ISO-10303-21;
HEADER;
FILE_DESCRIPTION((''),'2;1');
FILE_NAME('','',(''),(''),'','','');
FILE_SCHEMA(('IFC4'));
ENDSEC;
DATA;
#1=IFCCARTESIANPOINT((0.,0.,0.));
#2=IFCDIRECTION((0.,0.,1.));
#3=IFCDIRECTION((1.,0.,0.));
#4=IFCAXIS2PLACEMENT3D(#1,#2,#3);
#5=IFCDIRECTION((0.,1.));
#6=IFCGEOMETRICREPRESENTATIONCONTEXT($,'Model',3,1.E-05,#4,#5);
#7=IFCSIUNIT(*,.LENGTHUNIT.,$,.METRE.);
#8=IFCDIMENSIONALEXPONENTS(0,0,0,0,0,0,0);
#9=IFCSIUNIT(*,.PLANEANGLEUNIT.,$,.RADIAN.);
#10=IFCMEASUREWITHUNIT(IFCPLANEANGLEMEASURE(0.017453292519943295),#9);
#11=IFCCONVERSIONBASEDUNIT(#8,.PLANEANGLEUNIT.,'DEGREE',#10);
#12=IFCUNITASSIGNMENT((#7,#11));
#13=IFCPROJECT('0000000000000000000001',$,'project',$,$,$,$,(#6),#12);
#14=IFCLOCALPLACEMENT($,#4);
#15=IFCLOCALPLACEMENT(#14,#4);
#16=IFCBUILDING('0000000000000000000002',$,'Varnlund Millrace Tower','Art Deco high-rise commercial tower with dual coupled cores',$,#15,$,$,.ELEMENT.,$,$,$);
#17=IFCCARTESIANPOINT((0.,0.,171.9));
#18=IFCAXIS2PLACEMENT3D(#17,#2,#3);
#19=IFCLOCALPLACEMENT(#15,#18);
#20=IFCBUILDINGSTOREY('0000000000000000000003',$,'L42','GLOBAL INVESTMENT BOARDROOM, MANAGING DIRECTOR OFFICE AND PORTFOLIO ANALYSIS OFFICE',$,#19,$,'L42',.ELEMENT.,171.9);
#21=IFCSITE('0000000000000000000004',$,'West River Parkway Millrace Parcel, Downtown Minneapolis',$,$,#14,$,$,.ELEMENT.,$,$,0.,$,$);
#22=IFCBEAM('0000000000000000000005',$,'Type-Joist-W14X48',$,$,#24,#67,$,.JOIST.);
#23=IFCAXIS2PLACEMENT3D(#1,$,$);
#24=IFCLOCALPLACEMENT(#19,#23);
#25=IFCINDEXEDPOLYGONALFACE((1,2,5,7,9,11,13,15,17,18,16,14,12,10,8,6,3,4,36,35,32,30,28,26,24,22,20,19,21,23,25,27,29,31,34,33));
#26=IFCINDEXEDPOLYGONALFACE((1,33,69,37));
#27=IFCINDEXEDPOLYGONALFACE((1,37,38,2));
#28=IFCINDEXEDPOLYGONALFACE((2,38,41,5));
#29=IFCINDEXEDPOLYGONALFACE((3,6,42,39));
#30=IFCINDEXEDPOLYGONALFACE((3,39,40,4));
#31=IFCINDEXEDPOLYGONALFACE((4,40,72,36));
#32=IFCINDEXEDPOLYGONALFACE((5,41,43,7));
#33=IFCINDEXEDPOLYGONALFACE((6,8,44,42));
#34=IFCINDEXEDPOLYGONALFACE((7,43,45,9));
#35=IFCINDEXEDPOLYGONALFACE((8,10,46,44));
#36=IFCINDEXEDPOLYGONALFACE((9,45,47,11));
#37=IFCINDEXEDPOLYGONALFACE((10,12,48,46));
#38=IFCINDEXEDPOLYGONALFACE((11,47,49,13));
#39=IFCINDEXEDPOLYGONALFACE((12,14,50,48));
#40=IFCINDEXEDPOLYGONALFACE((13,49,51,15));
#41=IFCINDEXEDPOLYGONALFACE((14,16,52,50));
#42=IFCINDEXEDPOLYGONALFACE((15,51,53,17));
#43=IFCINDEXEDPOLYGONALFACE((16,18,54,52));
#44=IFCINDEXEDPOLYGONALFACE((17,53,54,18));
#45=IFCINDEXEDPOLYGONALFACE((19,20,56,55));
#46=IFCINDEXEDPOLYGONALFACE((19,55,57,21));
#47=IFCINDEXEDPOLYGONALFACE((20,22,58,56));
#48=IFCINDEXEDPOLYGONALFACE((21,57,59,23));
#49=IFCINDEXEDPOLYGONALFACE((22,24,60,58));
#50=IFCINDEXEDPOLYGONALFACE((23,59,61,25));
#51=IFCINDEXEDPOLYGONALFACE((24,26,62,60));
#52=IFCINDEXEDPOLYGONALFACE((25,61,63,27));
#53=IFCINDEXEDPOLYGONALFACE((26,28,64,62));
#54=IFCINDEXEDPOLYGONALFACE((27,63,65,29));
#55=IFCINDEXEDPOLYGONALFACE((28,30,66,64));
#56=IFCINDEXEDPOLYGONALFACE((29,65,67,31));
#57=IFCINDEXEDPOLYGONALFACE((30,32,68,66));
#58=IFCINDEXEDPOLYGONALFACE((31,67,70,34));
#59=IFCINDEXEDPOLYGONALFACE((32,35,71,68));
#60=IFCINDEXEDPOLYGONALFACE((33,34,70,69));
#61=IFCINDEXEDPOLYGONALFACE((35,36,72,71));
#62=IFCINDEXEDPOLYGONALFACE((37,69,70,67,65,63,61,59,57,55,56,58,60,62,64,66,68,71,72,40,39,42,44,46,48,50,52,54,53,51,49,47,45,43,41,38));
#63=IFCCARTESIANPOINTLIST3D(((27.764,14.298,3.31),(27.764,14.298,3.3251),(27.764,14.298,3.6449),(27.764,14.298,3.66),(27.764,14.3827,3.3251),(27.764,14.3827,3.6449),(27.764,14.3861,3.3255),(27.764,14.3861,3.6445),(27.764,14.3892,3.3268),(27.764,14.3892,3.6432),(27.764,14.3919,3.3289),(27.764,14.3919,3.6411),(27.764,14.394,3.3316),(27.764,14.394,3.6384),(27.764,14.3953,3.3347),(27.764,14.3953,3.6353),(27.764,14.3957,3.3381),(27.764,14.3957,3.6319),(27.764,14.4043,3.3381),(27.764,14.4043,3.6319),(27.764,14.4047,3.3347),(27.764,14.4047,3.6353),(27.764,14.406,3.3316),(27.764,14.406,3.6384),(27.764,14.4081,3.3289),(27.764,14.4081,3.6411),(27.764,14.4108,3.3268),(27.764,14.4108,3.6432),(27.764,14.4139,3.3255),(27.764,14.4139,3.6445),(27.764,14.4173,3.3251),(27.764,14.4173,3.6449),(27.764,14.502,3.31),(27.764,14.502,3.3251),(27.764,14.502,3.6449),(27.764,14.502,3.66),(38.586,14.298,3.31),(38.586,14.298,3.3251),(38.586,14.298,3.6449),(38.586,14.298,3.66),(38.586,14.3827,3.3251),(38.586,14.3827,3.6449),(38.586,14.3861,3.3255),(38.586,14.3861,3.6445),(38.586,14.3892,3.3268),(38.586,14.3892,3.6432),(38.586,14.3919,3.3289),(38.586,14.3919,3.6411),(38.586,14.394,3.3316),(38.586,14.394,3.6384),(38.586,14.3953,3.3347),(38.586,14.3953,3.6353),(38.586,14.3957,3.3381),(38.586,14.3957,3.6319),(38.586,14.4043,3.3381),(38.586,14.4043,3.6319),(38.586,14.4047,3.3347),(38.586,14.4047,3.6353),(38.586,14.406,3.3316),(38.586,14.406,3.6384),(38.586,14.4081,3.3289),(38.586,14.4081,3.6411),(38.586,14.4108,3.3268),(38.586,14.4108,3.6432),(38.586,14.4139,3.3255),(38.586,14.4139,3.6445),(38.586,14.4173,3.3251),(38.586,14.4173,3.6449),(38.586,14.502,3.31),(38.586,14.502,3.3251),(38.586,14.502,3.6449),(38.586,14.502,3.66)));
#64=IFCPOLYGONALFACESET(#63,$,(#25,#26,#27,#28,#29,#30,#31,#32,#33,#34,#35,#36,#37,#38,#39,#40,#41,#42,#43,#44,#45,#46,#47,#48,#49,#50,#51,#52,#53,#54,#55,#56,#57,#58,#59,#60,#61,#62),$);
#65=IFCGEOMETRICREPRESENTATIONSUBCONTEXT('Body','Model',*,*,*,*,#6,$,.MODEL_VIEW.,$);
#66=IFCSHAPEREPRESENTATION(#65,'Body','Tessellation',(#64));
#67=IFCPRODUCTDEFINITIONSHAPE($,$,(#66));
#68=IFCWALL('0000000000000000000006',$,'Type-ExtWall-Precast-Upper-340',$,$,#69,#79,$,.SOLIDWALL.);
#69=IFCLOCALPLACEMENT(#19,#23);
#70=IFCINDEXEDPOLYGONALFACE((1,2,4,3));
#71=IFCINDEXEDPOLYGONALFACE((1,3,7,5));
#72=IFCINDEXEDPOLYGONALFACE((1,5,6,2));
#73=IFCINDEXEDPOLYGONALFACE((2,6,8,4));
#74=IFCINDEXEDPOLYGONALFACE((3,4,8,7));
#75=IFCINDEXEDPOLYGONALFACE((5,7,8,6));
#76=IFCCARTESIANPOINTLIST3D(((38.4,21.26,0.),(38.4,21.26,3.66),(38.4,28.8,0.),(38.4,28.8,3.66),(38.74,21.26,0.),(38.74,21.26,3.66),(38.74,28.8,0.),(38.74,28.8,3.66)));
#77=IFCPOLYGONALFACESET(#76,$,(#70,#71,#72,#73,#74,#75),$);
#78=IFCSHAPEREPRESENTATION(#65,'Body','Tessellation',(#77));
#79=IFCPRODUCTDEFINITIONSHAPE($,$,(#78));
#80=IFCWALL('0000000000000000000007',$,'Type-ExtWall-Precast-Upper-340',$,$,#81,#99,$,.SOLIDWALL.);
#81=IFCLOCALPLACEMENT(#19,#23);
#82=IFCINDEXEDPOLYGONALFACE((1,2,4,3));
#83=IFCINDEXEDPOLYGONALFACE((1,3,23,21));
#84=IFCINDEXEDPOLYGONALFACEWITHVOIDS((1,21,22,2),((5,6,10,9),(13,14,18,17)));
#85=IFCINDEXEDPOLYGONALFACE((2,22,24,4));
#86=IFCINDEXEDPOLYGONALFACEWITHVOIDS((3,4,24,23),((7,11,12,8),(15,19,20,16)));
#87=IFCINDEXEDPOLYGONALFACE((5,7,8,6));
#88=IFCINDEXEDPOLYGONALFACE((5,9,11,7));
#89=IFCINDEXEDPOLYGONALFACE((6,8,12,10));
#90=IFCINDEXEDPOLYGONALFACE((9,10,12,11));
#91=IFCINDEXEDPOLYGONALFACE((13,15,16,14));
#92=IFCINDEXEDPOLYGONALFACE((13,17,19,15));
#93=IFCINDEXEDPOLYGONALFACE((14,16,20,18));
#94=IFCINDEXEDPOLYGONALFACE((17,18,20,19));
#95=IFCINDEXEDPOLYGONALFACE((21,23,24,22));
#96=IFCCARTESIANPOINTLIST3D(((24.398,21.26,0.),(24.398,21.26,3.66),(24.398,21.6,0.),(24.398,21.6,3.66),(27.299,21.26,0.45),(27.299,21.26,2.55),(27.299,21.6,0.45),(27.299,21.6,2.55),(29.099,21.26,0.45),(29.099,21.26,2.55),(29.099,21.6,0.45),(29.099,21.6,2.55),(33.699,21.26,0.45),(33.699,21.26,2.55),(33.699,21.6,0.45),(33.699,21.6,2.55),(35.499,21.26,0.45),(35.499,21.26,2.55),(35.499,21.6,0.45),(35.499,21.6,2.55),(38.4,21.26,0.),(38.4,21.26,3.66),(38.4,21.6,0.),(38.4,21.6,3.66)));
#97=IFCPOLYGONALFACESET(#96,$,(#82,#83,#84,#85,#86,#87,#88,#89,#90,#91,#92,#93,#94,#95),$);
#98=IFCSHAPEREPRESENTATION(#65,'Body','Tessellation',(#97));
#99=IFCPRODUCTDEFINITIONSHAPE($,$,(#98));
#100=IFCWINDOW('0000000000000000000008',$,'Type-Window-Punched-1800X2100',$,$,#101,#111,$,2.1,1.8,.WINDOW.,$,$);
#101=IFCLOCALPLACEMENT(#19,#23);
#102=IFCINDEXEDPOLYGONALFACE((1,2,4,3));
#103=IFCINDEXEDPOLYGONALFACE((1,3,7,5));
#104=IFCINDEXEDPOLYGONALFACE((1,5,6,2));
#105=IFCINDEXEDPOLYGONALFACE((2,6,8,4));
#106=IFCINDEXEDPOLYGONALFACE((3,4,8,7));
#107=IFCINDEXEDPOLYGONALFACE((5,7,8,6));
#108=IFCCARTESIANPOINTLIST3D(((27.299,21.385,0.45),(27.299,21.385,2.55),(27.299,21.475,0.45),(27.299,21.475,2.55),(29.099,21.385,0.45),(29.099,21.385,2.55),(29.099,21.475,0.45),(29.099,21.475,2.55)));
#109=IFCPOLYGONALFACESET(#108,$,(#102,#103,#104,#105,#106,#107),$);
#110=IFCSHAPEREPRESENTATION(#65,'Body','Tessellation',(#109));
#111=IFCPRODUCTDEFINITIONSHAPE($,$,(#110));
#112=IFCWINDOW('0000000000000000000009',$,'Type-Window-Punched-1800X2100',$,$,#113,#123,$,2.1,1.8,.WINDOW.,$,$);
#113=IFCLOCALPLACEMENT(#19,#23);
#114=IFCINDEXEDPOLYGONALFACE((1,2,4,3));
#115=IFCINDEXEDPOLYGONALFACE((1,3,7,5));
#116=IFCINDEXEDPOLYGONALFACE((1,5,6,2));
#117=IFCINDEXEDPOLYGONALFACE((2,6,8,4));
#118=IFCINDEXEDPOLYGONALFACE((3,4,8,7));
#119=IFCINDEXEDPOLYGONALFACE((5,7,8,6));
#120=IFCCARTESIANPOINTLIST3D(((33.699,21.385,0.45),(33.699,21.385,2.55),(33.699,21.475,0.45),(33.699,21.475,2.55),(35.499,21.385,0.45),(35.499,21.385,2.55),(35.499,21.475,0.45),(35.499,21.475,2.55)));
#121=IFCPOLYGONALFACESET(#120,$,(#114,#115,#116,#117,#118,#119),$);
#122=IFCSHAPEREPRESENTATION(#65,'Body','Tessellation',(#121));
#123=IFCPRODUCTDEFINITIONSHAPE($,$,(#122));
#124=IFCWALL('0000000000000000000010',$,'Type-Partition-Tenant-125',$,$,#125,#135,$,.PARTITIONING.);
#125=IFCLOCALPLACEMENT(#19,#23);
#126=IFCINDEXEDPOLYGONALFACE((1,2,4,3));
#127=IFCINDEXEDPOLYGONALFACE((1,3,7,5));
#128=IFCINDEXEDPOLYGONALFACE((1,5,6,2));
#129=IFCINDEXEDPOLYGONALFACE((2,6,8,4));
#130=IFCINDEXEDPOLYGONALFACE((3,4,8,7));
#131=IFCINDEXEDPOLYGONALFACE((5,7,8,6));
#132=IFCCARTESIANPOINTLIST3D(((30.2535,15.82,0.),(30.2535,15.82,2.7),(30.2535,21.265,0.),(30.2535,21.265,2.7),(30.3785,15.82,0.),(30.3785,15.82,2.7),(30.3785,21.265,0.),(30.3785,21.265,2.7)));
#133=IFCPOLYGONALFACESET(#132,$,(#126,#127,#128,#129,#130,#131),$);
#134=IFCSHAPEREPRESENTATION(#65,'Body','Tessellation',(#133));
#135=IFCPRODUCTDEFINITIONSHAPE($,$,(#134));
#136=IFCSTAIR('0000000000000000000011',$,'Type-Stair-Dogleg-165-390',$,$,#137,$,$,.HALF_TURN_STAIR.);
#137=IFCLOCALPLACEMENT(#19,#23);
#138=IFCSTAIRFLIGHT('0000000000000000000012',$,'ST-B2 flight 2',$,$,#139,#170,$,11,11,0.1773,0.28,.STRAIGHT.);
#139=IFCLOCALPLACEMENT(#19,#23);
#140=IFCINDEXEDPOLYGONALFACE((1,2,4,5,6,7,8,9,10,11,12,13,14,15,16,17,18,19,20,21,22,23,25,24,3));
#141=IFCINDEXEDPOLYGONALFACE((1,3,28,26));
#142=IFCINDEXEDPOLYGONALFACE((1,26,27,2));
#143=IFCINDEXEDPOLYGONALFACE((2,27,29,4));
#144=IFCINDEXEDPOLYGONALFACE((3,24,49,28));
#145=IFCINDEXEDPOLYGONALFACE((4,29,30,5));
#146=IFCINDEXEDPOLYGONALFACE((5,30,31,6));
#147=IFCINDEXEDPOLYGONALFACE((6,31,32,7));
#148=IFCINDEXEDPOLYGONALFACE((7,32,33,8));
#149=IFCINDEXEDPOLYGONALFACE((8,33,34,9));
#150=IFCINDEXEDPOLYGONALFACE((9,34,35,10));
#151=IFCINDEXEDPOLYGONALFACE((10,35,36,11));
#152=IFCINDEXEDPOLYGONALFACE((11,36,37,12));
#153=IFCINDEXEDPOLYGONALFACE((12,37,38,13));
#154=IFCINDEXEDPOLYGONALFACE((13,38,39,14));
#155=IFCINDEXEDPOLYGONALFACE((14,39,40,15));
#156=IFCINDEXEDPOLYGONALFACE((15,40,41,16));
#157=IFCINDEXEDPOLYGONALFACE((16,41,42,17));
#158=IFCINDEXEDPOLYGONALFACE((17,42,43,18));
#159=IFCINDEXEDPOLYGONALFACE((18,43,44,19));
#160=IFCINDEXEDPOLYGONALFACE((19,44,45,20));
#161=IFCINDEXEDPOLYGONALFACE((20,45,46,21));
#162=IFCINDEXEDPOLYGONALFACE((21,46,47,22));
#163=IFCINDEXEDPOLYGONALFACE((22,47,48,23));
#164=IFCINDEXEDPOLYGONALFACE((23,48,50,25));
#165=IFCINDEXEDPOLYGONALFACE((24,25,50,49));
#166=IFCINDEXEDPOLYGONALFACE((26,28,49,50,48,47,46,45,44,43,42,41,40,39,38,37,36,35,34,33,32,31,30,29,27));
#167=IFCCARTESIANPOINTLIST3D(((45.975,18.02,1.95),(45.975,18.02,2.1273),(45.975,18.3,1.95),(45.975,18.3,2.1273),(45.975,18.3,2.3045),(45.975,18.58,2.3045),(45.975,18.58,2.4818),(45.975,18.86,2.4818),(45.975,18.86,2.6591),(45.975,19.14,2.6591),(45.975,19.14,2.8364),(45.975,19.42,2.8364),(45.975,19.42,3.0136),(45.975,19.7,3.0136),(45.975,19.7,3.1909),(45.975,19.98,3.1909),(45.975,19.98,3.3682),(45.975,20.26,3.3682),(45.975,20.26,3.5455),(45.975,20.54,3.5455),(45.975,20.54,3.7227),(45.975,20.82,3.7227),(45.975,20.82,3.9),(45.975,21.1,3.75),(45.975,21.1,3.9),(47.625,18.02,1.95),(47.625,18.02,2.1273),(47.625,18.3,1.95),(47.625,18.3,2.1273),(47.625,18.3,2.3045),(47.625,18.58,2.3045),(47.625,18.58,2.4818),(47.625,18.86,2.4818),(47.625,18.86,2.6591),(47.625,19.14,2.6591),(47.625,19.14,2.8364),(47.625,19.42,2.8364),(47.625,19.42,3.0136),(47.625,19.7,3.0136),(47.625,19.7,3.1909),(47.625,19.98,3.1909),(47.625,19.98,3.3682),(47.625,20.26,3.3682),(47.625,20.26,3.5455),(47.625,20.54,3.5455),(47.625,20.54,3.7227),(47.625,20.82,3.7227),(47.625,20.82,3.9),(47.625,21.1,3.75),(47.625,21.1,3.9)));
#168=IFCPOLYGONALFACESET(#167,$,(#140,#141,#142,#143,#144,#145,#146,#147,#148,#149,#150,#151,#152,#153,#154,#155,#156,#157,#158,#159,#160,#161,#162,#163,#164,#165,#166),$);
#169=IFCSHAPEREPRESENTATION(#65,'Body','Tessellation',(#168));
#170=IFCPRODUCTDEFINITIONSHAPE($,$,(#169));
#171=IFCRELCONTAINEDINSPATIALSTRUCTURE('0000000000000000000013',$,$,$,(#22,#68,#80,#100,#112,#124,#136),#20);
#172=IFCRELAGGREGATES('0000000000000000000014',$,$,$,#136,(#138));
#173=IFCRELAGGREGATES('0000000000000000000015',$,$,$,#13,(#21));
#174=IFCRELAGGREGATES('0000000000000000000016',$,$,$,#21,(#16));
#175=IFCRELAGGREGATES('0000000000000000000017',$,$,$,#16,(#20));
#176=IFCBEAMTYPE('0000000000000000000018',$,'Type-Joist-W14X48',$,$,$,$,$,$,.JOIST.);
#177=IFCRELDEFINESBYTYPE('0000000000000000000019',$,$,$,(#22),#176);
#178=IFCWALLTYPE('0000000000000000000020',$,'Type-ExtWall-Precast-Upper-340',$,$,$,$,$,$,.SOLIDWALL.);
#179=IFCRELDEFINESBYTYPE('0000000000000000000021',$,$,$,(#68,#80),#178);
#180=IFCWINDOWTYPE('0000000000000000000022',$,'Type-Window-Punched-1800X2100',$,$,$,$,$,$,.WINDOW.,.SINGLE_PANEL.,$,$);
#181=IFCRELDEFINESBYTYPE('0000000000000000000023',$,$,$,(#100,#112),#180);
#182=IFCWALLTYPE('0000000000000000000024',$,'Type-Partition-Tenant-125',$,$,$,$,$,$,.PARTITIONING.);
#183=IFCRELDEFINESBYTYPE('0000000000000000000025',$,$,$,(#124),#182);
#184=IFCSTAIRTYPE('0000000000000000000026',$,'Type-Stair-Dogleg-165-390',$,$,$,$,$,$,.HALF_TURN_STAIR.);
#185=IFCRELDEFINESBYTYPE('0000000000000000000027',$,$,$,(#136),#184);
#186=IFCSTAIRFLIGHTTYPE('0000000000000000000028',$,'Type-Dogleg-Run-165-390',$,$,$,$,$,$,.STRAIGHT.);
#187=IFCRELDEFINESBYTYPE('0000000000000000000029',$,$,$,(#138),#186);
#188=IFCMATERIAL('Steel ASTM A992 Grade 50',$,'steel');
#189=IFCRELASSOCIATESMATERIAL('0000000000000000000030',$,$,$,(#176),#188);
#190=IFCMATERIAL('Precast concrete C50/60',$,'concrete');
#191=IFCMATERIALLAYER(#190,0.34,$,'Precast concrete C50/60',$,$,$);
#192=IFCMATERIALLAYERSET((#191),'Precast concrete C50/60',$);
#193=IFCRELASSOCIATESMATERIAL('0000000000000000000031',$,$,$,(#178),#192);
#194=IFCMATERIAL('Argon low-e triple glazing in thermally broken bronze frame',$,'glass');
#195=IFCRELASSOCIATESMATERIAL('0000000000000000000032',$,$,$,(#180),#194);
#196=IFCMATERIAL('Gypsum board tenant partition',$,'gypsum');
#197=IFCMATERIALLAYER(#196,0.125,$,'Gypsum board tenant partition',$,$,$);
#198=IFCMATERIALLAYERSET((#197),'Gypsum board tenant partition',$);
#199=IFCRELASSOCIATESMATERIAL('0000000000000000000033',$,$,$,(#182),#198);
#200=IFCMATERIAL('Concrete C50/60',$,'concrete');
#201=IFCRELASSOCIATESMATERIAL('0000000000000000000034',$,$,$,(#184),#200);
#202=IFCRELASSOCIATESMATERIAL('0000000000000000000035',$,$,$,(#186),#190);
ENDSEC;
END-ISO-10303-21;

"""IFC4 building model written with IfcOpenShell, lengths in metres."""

from ifc_helpers import new_model, entity, si_unit, converted_unit, direction, frame, origin_with_axes, origin_2d_with_axis, place, context, subcontext, project, spatial, polyline, rectangle, i_section, outline, extrude, material, layer, layer_set, material_profile, profile_set, type_object, element, fill, aggregate, save


model = new_model("IFC4")

# Units and contexts
model_context = context("Model", 3, precision=1e-05, world=origin_with_axes(), true_north=direction((0.0, 1.0)))
body_context = subcontext(model_context, "Body", "Model", "MODEL_VIEW")
ifc_project = project(units=[si_unit("LENGTHUNIT", "METRE"), converted_unit("PLANEANGLEUNIT", "DEGREE", entity("IfcPlaneAngleMeasure", 0.017453292519943295), si_unit("PLANEANGLEUNIT", "RADIAN"), dimensions=[0, 0, 0, 0, 0, 0, 0])], contexts=[model_context])

# Site, building, storey
site_placement = place(None, origin_with_axes())
site = spatial("IfcSite", under=ifc_project, at=site_placement, Name="West River Parkway Millrace Parcel, Downtown Minneapolis", CompositionType="ELEMENT", RefElevation=0.0)
building_placement = place(site_placement, origin_with_axes())
building = spatial("IfcBuilding", under=site, at=building_placement, Name="Varnlund Millrace Tower", Description="Art Deco high-rise commercial tower with dual coupled cores", CompositionType="ELEMENT")
storey_placement = place(building_placement, frame((0.0, 0.0, 171.9), z_axis=(0.0, 0.0, 1.0), x_axis=(1.0, 0.0, 0.0)))
storey = spatial("IfcBuildingStorey", under=building, at=storey_placement, Name="L42", Description="GLOBAL INVESTMENT BOARDROOM, MANAGING DIRECTOR OFFICE AND PORTFOLIO ANALYSIS OFFICE", LongName="L42", CompositionType="ELEMENT", Elevation=171.9)

# Beam
ifc_material_1 = material(Name="Steel ASTM A992 Grade 50", Category="steel")
ifc_material_profile_1 = material_profile(ifc_material_1, i_section(OverallWidth=0.204, OverallDepth=0.35, WebThickness=0.0086, FlangeThickness=0.0151, FilletRadius=0.013, at=origin_2d_with_axis()), Name="Steel ASTM A992 Grade 50")
ifc_profile_set_1 = profile_set([ifc_material_profile_1], Name="Steel ASTM A992 Grade 50")
beam_type_1 = type_object("IfcBeamType", Name="Type-Joist-W14X48", PredefinedType="JOIST", material=ifc_profile_set_1)
beam_1_placement = place(storey_placement, frame((27.764, 14.4, 3.485), z_axis=(1.0, 0.0, 0.0), x_axis=(0.0, 1.0, 0.0)))
element("IfcBeam", 1, at=beam_1_placement, inside=storey, type_object=beam_type_1, Name="Type-Joist-W14X48", PredefinedType="JOIST", context=body_context, shape_type="SweptSolid", body=[
    extrude(i_section(OverallWidth=0.204, OverallDepth=0.35, WebThickness=0.0086, FlangeThickness=0.0151, FilletRadius=0.013, at=origin_2d_with_axis()), origin_with_axes(), (0.0, 0.0, 1.0), 10.822),
])

# Wall
ifc_material_2 = material(Name="Precast concrete C50/60", Category="concrete")
ifc_layer_1 = layer(ifc_material_2, 0.34, Name="Precast concrete C50/60")
ifc_layer_set_1 = layer_set([ifc_layer_1], Name="Precast concrete C50/60")
wall_type_1 = type_object("IfcWallType", Name="Type-ExtWall-Precast-Upper-340", PredefinedType="SOLIDWALL", material=ifc_layer_set_1)
wall_1_placement = place(storey_placement, frame((38.57, 21.26, 0.0), z_axis=(0.0, 0.0, 1.0), x_axis=(0.0, 1.0, 0.0)))
element("IfcWall", 2, at=wall_1_placement, inside=storey, type_object=wall_type_1, Name="Type-ExtWall-Precast-Upper-340", PredefinedType="SOLIDWALL", context=body_context, shape_type="SweptSolid", body=[
    extrude(outline(polyline([(0.0, -0.17), (7.54, -0.17), (7.54, 0.17), (0.0, 0.17), (0.0, -0.17)])), origin_with_axes(), (0.0, 0.0, 1.0), 3.66),
])

# Wall, openings, windows
wall_2_placement = place(storey_placement, frame((24.398, 21.43, 0.0), z_axis=(0.0, 0.0, 1.0), x_axis=(1.0, 0.0, 0.0)))
wall_2 = element("IfcWall", 3, at=wall_2_placement, inside=storey, type_object=wall_type_1, Name="Type-ExtWall-Precast-Upper-340", PredefinedType="SOLIDWALL", context=body_context, shape_type="SweptSolid", body=[
    extrude(outline(polyline([(0.0, -0.17), (14.002, -0.17), (14.002, 0.17), (0.0, 0.17), (0.0, -0.17)])), origin_with_axes(), (0.0, 0.0, 1.0), 3.66),
])
opening_1_placement = place(wall_2_placement, frame((3.801, 0.0, 0.45), z_axis=(0.0, 0.0, 1.0), x_axis=(1.0, 0.0, 0.0)))
opening_1 = element("IfcOpeningElement", 4, at=opening_1_placement, cuts=wall_2, PredefinedType="OPENING", context=body_context, shape_type="SweptSolid", body=[
    extrude(rectangle(XDim=1.8, YDim=0.36, at=origin_2d_with_axis()), origin_with_axes(), (0.0, 0.0, 1.0), 2.1),
])
opening_2_placement = place(wall_2_placement, frame((10.201, 0.0, 0.45), z_axis=(0.0, 0.0, 1.0), x_axis=(1.0, 0.0, 0.0)))
opening_2 = element("IfcOpeningElement", 5, at=opening_2_placement, cuts=wall_2, PredefinedType="OPENING", context=body_context, shape_type="SweptSolid", body=[
    extrude(rectangle(XDim=1.8, YDim=0.36, at=origin_2d_with_axis()), origin_with_axes(), (0.0, 0.0, 1.0), 2.1),
])
ifc_material_3 = material(Name="Argon low-e triple glazing in thermally broken bronze frame", Category="glass")
window_type = type_object("IfcWindowType", Name="Type-Window-Punched-1800X2100", PartitioningType="SINGLE_PANEL", PredefinedType="WINDOW", material=ifc_material_3)
window_1_placement = place(wall_2_placement, frame((3.801, 0.0, 0.45), z_axis=(0.0, 0.0, 1.0), x_axis=(1.0, 0.0, 0.0)))
window_1 = element("IfcWindow", 6, at=window_1_placement, inside=storey, type_object=window_type, Name="Type-Window-Punched-1800X2100", OverallHeight=2.1, OverallWidth=1.8, PredefinedType="WINDOW", context=body_context, shape_type="SweptSolid", body=[
    extrude(rectangle(XDim=1.8, YDim=0.09, at=origin_2d_with_axis()), origin_with_axes(), (0.0, 0.0, 1.0), 2.1),
])
fill(opening_1, window_1)
window_2_placement = place(wall_2_placement, frame((10.201, 0.0, 0.45), z_axis=(0.0, 0.0, 1.0), x_axis=(1.0, 0.0, 0.0)))
window_2 = element("IfcWindow", 7, at=window_2_placement, inside=storey, type_object=window_type, Name="Type-Window-Punched-1800X2100", OverallHeight=2.1, OverallWidth=1.8, PredefinedType="WINDOW", context=body_context, shape_type="SweptSolid", body=[
    extrude(rectangle(XDim=1.8, YDim=0.09, at=origin_2d_with_axis()), origin_with_axes(), (0.0, 0.0, 1.0), 2.1),
])
fill(opening_2, window_2)

# Wall
ifc_material_4 = material(Name="Gypsum board tenant partition", Category="gypsum")
ifc_layer_2 = layer(ifc_material_4, 0.125, Name="Gypsum board tenant partition")
ifc_layer_set_2 = layer_set([ifc_layer_2], Name="Gypsum board tenant partition")
wall_type_2 = type_object("IfcWallType", Name="Type-Partition-Tenant-125", PredefinedType="PARTITIONING", material=ifc_layer_set_2)
wall_3_placement = place(storey_placement, frame((30.316, 15.82, 0.0), z_axis=(0.0, 0.0, 1.0), x_axis=(0.0, 1.0, 0.0)))
element("IfcWall", 8, at=wall_3_placement, inside=storey, type_object=wall_type_2, Name="Type-Partition-Tenant-125", PredefinedType="PARTITIONING", context=body_context, shape_type="SweptSolid", body=[
    extrude(outline(polyline([(0.0, -0.0625), (5.445, -0.0625), (5.445, 0.0625), (0.0, 0.0625), (0.0, -0.0625)])), origin_with_axes(), (0.0, 0.0, 1.0), 2.7),
])

# Stair, stair flight
ifc_material_5 = material(Name="Concrete C50/60", Category="concrete")
stair_type = type_object("IfcStairType", Name="Type-Stair-Dogleg-165-390", PredefinedType="HALF_TURN_STAIR", material=ifc_material_5)
stair_placement = place(storey_placement, origin_with_axes())
stair = element("IfcStair", 9, at=stair_placement, inside=storey, type_object=stair_type, Name="Type-Stair-Dogleg-165-390", PredefinedType="HALF_TURN_STAIR")
stair_flight_type = type_object("IfcStairFlightType", Name="Type-Dogleg-Run-165-390", PredefinedType="STRAIGHT", material=ifc_material_2)
stair_flight_placement = place(storey_placement, frame((45.975, 18.02, 1.95), z_axis=(1.0, 0.0, 0.0), x_axis=(0.0, 1.0, 0.0)))
stair_flight = element("IfcStairFlight", 10, at=stair_flight_placement, type_object=stair_flight_type, Name="ST-B2 flight 2", NumberOfRisers=11, NumberOfTreads=11, PredefinedType="STRAIGHT", RiserHeight=0.1773, TreadLength=0.28, context=body_context, shape_type="SweptSolid", body=[
    extrude(outline(polyline([(0.0, 0.0), (0.0, 0.1773), (0.28, 0.1773), (0.28, 0.3545), (0.56, 0.3545), (0.56, 0.5318), (0.84, 0.5318), (0.84, 0.7091), (1.12, 0.7091), (1.12, 0.8864), (1.4, 0.8864), (1.4, 1.0636), (1.68, 1.0636), (1.68, 1.2409), (1.96, 1.2409), (1.96, 1.4182), (2.24, 1.4182), (2.24, 1.5955), (2.52, 1.5955), (2.52, 1.7727), (2.8, 1.7727), (2.8, 1.95), (3.08, 1.95), (3.08, 1.8), (0.28, 0.0), (0.0, 0.0)])), origin_with_axes(), (0.0, 0.0, 1.0), 1.65),
])
aggregate(stair, [stair_flight])

save(model, "model.ifc")
